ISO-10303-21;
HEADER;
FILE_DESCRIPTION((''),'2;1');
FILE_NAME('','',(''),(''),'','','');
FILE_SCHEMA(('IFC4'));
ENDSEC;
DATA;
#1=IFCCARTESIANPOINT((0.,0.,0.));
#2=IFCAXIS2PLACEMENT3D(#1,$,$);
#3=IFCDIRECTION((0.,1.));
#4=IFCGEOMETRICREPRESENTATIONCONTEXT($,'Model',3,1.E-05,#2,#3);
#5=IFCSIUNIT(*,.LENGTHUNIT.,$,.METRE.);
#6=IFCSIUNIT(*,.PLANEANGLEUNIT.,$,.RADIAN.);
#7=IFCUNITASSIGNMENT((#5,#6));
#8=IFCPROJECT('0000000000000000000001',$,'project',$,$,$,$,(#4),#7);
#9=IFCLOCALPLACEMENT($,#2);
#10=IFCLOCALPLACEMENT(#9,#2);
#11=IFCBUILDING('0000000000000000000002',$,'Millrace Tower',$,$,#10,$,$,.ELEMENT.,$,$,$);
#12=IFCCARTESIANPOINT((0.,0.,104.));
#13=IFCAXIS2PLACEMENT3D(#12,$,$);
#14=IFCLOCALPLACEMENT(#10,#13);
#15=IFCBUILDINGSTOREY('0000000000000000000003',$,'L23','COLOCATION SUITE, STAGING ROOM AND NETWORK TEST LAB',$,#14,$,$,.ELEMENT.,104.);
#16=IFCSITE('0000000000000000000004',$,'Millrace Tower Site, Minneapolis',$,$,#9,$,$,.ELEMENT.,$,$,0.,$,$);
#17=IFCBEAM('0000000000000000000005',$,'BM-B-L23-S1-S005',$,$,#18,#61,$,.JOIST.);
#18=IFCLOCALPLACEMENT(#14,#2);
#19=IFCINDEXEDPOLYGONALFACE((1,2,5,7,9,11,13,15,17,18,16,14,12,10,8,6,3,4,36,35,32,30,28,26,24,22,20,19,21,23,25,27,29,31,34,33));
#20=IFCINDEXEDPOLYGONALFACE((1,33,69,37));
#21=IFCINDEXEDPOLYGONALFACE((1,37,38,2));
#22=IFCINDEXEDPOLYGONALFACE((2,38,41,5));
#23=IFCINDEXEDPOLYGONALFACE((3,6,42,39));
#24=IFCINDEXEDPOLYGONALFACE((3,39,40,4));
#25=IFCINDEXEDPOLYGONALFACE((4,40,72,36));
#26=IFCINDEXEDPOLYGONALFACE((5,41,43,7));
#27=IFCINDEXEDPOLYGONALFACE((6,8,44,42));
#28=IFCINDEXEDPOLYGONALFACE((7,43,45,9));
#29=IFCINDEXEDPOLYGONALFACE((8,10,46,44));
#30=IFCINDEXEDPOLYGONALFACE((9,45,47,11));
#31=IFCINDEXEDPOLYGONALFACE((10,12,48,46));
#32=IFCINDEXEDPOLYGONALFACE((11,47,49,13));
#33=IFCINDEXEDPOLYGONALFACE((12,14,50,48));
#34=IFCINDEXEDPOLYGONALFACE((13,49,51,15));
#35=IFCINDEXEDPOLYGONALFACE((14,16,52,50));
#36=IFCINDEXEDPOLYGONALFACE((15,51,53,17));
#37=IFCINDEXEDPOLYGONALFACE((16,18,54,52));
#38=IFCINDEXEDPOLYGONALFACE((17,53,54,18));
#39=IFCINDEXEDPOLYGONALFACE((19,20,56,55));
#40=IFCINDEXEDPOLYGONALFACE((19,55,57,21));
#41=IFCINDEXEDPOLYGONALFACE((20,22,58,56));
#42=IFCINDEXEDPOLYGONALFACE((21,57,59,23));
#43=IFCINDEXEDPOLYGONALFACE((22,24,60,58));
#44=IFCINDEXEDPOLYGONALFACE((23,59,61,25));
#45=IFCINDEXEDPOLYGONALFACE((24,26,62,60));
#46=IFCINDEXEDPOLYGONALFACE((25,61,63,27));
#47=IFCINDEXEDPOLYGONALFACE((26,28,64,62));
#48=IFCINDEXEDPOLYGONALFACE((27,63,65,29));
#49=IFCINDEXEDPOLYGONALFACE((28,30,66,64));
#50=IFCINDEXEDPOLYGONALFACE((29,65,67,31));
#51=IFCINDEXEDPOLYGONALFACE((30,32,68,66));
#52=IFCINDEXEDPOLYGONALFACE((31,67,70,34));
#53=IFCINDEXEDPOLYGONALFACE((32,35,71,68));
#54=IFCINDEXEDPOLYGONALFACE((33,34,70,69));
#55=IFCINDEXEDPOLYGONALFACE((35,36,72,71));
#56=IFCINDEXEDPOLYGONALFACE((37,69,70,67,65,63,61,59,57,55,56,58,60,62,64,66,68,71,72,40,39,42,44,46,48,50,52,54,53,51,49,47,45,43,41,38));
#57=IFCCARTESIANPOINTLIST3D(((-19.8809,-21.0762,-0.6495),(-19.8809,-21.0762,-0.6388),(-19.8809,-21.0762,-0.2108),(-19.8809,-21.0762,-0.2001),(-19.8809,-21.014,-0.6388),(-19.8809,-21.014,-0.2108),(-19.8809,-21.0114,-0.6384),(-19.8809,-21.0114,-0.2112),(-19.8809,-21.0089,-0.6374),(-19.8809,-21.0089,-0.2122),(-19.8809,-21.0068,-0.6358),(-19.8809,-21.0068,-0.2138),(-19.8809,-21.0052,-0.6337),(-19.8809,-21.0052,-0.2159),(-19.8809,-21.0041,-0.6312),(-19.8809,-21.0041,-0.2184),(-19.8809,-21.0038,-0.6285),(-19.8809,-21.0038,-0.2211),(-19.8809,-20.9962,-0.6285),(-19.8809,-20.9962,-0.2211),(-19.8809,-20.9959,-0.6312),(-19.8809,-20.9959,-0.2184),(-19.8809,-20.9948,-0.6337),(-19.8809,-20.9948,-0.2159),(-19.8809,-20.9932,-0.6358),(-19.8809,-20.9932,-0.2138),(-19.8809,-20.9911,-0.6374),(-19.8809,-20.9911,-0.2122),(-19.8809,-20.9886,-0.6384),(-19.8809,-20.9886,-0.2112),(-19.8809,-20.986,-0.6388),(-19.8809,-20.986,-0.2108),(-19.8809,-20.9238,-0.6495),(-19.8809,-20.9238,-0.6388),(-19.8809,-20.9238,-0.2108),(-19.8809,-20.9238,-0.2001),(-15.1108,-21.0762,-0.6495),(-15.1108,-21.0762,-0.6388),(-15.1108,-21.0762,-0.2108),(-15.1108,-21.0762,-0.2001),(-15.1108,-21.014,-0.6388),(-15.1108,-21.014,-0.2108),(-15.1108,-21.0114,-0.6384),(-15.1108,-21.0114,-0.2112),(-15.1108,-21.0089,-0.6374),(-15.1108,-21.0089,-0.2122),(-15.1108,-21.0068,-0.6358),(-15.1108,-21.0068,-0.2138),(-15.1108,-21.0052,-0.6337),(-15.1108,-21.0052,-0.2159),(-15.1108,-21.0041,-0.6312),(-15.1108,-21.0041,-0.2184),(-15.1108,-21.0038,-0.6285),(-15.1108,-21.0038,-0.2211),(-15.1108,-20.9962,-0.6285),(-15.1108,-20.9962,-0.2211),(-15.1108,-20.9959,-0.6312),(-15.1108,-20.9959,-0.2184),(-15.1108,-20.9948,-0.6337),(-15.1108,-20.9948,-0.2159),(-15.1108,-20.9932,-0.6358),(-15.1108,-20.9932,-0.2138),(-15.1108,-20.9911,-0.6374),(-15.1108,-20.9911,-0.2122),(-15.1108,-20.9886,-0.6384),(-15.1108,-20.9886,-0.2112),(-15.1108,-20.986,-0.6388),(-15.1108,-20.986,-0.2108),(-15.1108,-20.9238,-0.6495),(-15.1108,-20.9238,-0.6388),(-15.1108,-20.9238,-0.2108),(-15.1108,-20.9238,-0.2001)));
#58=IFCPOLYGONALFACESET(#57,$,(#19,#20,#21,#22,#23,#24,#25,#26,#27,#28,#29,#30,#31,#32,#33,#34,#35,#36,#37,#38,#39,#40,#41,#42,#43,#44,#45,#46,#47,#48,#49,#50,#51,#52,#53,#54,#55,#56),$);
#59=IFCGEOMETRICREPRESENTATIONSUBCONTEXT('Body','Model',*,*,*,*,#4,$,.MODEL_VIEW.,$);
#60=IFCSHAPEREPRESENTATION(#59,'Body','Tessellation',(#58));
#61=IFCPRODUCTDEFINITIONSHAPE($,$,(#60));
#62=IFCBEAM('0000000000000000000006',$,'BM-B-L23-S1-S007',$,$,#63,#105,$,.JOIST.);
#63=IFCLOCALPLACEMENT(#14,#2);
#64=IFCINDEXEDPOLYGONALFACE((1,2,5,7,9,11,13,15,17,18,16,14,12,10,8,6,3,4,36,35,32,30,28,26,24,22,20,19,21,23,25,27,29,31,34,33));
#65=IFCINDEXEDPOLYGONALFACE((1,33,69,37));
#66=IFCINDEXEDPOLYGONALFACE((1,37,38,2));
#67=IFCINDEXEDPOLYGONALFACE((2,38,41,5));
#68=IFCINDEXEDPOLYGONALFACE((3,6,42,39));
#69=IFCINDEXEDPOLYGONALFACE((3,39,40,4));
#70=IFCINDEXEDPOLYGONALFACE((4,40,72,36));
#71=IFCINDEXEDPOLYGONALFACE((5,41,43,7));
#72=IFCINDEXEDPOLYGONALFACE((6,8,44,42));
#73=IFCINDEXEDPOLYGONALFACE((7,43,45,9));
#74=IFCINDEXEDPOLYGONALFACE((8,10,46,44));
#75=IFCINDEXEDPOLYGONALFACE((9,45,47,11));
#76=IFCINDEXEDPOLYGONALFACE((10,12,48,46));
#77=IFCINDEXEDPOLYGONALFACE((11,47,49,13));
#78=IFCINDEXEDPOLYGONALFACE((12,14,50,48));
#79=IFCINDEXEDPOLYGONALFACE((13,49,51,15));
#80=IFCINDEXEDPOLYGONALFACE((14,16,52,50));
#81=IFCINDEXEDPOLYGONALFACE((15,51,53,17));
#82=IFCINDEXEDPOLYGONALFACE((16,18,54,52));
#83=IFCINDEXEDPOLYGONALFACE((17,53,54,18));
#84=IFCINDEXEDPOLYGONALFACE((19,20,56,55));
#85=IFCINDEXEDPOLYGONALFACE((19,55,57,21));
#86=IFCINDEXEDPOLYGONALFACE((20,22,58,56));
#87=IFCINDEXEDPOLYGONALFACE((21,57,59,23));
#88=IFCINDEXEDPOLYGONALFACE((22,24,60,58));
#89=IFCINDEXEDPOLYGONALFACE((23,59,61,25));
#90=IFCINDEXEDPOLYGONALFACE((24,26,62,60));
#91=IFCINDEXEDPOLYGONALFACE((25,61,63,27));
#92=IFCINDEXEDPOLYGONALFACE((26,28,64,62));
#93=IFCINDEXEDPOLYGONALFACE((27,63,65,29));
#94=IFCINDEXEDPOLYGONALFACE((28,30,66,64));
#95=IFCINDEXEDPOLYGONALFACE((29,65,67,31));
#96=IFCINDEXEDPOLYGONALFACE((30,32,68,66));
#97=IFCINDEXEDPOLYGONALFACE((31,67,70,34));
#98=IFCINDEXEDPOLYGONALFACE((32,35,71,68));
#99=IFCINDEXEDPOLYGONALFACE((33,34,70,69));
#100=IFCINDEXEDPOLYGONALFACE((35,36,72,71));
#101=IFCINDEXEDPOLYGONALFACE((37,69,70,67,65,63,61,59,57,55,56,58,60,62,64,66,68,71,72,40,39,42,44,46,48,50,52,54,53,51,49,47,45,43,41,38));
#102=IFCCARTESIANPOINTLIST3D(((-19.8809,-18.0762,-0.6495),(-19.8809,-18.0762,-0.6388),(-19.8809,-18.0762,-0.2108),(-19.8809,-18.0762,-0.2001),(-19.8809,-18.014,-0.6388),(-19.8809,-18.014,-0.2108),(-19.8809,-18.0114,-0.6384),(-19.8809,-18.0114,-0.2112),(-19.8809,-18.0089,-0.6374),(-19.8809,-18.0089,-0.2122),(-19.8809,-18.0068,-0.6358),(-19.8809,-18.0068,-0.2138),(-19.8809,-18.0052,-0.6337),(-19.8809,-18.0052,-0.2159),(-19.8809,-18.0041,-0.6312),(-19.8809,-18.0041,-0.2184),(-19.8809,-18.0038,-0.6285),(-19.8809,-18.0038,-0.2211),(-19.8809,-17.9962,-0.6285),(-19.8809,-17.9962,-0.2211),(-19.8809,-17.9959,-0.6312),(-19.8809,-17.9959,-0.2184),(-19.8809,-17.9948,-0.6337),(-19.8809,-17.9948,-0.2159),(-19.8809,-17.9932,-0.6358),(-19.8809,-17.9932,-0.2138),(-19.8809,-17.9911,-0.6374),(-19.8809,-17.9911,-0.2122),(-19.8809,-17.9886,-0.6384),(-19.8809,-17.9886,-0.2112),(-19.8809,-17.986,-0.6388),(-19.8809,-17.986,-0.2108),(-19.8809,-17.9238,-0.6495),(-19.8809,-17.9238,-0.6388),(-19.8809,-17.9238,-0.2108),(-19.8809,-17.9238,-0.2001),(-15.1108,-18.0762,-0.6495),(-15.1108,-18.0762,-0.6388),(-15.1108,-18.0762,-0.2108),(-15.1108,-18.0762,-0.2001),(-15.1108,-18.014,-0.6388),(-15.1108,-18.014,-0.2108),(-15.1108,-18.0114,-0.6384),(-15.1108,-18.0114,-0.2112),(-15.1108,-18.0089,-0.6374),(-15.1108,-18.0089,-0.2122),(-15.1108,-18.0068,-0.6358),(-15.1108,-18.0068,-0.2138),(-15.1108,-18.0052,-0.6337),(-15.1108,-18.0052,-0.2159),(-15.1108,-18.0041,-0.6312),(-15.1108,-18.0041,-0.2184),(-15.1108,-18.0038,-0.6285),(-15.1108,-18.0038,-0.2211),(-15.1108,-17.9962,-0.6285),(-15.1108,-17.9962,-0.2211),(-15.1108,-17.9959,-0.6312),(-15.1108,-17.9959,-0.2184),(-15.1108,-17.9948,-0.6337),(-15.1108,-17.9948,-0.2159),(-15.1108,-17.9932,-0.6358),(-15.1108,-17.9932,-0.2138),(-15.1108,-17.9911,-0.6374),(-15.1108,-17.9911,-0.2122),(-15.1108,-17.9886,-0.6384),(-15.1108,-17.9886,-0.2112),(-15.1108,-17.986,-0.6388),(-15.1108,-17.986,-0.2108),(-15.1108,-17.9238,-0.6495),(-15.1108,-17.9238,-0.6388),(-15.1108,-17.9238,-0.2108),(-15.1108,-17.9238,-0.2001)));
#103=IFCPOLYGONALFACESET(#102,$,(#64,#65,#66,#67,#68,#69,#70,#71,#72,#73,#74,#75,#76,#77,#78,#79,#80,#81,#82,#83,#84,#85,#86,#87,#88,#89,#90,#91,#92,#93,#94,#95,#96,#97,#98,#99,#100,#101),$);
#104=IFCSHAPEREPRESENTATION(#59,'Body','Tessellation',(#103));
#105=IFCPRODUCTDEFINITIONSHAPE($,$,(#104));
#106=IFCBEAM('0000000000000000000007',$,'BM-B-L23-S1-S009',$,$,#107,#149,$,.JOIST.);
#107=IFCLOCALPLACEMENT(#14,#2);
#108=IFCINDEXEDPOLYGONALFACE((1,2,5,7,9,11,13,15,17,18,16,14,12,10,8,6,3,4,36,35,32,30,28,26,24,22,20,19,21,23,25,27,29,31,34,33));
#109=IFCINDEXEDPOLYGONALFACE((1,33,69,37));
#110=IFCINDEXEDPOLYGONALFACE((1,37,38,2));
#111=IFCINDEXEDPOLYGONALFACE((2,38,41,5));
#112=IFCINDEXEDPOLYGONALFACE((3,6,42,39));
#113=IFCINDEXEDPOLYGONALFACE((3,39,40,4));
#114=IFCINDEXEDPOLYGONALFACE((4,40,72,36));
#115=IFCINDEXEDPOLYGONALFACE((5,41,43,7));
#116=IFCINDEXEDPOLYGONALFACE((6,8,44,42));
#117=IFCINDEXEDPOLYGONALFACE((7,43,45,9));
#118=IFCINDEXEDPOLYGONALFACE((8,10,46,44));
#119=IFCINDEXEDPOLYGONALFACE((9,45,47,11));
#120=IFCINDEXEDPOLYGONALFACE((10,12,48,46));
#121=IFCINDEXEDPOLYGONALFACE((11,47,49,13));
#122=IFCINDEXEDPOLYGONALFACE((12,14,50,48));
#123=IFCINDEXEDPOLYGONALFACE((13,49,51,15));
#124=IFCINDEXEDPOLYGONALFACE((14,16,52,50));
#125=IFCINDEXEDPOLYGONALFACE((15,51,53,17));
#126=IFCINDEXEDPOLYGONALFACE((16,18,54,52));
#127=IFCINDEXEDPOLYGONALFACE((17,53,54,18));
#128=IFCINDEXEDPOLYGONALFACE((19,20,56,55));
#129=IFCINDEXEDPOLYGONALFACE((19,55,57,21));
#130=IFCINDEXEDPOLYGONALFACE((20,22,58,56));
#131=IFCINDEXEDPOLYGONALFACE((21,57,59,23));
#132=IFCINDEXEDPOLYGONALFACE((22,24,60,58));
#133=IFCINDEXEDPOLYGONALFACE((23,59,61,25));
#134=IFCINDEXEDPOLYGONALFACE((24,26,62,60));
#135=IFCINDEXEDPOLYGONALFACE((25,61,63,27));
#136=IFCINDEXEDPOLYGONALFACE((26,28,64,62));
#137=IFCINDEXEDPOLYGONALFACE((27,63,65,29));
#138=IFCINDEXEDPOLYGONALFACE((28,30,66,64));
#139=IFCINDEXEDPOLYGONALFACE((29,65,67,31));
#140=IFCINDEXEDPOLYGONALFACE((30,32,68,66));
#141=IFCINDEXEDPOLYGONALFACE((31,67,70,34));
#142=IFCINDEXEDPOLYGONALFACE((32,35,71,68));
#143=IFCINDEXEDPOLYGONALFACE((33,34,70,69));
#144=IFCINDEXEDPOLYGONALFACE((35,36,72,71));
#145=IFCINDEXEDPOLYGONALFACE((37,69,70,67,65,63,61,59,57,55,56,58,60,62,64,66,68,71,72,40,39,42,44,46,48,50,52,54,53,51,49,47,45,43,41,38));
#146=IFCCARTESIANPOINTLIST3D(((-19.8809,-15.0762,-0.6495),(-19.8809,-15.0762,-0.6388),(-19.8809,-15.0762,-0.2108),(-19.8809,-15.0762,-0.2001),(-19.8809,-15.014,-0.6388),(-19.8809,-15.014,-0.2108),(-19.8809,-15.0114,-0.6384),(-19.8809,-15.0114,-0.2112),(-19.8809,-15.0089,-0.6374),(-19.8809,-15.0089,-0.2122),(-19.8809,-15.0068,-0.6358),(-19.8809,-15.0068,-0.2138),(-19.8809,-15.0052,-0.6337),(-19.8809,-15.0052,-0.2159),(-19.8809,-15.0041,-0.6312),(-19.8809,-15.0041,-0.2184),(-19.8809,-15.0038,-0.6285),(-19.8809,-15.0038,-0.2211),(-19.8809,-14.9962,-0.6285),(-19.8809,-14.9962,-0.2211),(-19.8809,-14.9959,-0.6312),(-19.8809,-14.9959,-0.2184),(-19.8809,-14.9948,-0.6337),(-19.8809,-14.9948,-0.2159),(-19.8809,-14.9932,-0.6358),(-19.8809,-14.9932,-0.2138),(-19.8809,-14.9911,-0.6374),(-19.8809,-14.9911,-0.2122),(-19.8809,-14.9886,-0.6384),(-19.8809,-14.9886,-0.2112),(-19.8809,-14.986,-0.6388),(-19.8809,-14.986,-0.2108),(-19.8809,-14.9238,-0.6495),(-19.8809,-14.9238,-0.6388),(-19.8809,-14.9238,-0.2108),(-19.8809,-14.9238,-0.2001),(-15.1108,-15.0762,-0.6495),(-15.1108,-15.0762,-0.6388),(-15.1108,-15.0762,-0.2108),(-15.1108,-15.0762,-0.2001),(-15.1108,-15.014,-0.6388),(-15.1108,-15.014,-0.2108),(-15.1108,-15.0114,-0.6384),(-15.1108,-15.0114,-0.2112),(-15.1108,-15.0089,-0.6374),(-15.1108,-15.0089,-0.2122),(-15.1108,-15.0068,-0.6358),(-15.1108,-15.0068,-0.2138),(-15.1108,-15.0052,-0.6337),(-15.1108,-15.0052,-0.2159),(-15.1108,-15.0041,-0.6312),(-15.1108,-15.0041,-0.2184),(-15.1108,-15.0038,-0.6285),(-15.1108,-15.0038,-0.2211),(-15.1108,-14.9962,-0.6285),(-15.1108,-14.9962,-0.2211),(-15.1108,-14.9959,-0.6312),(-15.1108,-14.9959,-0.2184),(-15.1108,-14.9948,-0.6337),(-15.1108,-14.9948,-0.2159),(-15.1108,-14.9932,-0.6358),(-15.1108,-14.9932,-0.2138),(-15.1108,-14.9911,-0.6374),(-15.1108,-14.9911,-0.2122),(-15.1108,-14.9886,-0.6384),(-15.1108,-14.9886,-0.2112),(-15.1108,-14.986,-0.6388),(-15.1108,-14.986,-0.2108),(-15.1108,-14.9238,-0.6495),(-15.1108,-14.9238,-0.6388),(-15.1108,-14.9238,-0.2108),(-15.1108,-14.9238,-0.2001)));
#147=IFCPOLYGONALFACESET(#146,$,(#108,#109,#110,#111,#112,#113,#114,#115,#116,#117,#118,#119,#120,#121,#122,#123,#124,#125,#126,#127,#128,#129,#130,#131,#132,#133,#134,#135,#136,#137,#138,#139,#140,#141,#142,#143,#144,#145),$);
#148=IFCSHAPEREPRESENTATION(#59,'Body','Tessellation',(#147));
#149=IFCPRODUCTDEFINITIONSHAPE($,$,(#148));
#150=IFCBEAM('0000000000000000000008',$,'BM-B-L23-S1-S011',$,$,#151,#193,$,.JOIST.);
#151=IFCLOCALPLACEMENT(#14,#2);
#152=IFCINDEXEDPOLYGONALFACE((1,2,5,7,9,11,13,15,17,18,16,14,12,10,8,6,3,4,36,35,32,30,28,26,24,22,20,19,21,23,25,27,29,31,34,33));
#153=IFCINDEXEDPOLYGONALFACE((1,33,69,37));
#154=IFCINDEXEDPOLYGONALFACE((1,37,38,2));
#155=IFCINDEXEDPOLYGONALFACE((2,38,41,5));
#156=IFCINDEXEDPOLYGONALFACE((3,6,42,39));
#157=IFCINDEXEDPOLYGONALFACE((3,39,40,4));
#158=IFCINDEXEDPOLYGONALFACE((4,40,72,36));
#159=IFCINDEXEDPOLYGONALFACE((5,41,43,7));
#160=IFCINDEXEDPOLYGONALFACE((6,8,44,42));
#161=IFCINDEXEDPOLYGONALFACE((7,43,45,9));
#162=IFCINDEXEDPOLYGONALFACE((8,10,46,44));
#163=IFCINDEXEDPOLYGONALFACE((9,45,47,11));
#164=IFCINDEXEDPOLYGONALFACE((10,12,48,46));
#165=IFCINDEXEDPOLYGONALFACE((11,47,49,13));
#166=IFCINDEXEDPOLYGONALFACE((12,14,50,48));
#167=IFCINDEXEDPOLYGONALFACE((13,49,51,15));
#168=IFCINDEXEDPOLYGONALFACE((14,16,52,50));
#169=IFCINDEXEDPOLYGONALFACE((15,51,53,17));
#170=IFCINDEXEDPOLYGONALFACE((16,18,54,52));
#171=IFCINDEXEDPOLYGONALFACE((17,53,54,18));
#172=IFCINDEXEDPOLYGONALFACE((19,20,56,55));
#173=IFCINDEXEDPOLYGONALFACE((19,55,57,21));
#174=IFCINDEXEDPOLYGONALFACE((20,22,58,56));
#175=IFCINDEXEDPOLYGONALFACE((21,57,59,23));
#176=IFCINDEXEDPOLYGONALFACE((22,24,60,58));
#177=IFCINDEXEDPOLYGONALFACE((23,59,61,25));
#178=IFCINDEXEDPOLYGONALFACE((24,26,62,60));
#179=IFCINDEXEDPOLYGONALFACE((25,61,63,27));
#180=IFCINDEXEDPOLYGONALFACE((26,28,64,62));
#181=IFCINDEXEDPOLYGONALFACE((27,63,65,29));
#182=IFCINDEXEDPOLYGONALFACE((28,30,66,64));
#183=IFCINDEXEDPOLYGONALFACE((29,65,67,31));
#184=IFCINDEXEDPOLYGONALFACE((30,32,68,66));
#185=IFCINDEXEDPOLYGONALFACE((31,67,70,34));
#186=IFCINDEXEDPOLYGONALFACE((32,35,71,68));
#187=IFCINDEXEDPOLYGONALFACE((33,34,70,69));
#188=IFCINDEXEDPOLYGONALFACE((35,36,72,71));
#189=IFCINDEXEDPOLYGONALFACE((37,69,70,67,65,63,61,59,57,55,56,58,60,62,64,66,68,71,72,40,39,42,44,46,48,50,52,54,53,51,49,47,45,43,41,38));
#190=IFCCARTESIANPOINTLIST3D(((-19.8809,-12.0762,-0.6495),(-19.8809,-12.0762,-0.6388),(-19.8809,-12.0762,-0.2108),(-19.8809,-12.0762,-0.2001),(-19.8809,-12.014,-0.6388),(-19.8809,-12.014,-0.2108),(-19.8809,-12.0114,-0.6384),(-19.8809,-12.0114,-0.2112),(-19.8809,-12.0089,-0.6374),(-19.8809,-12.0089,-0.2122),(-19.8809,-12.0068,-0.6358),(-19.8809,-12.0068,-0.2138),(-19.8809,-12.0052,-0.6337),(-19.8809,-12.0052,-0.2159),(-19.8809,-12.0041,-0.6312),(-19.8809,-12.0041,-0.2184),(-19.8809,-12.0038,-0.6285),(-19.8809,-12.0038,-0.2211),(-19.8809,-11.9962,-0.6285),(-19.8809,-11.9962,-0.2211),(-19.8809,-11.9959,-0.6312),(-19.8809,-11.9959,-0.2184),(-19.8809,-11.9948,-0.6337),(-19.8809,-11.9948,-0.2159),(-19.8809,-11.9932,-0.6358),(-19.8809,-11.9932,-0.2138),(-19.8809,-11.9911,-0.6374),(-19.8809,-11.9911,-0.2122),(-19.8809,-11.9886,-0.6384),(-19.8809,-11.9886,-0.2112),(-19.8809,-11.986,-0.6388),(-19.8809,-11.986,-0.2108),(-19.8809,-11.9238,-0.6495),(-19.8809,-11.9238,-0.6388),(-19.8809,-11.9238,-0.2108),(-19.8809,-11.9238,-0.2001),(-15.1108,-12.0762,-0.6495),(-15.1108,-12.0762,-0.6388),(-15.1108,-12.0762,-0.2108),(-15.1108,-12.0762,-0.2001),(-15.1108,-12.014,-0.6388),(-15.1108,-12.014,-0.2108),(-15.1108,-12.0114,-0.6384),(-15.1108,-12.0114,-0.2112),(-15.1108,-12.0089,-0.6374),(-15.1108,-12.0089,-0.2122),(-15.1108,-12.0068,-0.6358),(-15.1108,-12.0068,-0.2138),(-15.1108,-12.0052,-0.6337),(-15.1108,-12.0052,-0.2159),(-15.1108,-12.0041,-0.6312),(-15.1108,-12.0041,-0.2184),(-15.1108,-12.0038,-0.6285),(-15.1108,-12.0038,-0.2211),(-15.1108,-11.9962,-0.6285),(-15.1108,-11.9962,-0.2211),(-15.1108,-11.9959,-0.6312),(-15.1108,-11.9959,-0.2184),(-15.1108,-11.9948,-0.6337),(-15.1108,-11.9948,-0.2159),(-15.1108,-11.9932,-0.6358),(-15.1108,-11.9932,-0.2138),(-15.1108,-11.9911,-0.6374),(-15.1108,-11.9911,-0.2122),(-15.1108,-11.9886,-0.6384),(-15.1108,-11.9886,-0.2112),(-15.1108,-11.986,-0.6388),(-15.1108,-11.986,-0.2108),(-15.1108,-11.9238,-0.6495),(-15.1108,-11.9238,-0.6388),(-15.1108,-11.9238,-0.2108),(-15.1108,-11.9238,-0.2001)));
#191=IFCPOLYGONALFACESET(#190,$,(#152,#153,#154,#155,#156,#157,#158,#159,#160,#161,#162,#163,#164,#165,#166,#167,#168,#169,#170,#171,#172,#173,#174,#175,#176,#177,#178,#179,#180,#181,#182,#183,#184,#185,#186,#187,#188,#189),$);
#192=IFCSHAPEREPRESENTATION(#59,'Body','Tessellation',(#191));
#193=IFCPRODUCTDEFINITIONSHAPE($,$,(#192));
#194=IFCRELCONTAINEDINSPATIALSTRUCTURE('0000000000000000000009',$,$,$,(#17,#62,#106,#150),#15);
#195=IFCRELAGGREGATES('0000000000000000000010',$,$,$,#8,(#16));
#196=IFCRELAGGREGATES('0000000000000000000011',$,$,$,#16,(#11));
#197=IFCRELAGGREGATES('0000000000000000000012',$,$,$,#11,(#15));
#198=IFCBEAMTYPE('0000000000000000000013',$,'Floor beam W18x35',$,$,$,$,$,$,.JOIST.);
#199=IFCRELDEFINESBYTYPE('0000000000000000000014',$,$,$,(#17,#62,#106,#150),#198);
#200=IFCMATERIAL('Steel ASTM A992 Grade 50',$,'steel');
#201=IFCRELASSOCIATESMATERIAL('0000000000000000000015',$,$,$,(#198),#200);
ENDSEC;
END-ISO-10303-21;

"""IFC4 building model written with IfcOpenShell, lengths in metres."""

from ifc_helpers import new_model, si_unit, direction, frame, origin, origin_2d, place, context, subcontext, project, spatial, i_section, extrude, material, material_profile, profile_set, type_object, element, save


model = new_model("IFC4")

# Units and contexts
model_context = context("Model", 3, precision=1e-05, world=origin(), true_north=direction((0.0, 1.0)))
body_context = subcontext(model_context, "Body", "Model", "MODEL_VIEW")
ifc_project = project(units=[si_unit("LENGTHUNIT", "METRE"), si_unit("PLANEANGLEUNIT", "RADIAN")], contexts=[model_context])

# Site, building, storey
site_placement = place(None, origin())
site = spatial("IfcSite", under=ifc_project, at=site_placement, Name="Millrace Tower Site, Minneapolis", CompositionType="ELEMENT", RefElevation=0.0)
building_placement = place(site_placement, origin())
building = spatial("IfcBuilding", under=site, at=building_placement, Name="Millrace Tower", CompositionType="ELEMENT")
storey_placement = place(building_placement, frame((0.0, 0.0, 104.0)))
storey = spatial("IfcBuildingStorey", under=building, at=storey_placement, Name="L23", Description="COLOCATION SUITE, STAGING ROOM AND NETWORK TEST LAB", CompositionType="ELEMENT", Elevation=104.0)

# Beams
ifc_material_1 = material(Name="Steel ASTM A992 Grade 50", Category="steel")
ifc_material_profile_1 = material_profile(ifc_material_1, i_section(OverallWidth=0.1523, OverallDepth=0.4495, WebThickness=0.0076, FlangeThickness=0.0107, FilletRadius=0.0103, at=origin_2d()))
ifc_profile_set_1 = profile_set([ifc_material_profile_1], Name="Steel ASTM A992 Grade 50")
beam_type_1 = type_object("IfcBeamType", Name="Floor beam W18x35", PredefinedType="JOIST", material=ifc_profile_set_1)
for number, where, z_axis, x_axis, name in (
    (1, (-19.8809, -21.0, -0.4248), (1.0, 0.0, 0.0), (0.0, 1.0, 0.0), "BM-B-L23-S1-S005"),
    (2, (-19.8809, -18.0, -0.4248), (1.0, 0.0, 0.0), (0.0, 1.0, 0.0), "BM-B-L23-S1-S007"),
    (3, (-19.8809, -15.0, -0.4248), (1.0, 0.0, 0.0), (0.0, 1.0, 0.0), "BM-B-L23-S1-S009"),
    (4, (-19.8809, -12.0, -0.4248), (1.0, 0.0, 0.0), (0.0, 1.0, 0.0), "BM-B-L23-S1-S011"),
):
    element("IfcBeam", number, at=place(storey_placement, frame(where, z_axis=z_axis, x_axis=x_axis)), inside=storey, type_object=beam_type_1, Name=name, PredefinedType="JOIST", context=body_context, shape_type="SweptSolid", body=[
        extrude(i_section(OverallWidth=0.1523, OverallDepth=0.4495, WebThickness=0.0076, FlangeThickness=0.0107, FilletRadius=0.0103, at=origin_2d()), origin(), (0.0, 0.0, 1.0), 4.77),
    ])

save(model, "model.ifc")
